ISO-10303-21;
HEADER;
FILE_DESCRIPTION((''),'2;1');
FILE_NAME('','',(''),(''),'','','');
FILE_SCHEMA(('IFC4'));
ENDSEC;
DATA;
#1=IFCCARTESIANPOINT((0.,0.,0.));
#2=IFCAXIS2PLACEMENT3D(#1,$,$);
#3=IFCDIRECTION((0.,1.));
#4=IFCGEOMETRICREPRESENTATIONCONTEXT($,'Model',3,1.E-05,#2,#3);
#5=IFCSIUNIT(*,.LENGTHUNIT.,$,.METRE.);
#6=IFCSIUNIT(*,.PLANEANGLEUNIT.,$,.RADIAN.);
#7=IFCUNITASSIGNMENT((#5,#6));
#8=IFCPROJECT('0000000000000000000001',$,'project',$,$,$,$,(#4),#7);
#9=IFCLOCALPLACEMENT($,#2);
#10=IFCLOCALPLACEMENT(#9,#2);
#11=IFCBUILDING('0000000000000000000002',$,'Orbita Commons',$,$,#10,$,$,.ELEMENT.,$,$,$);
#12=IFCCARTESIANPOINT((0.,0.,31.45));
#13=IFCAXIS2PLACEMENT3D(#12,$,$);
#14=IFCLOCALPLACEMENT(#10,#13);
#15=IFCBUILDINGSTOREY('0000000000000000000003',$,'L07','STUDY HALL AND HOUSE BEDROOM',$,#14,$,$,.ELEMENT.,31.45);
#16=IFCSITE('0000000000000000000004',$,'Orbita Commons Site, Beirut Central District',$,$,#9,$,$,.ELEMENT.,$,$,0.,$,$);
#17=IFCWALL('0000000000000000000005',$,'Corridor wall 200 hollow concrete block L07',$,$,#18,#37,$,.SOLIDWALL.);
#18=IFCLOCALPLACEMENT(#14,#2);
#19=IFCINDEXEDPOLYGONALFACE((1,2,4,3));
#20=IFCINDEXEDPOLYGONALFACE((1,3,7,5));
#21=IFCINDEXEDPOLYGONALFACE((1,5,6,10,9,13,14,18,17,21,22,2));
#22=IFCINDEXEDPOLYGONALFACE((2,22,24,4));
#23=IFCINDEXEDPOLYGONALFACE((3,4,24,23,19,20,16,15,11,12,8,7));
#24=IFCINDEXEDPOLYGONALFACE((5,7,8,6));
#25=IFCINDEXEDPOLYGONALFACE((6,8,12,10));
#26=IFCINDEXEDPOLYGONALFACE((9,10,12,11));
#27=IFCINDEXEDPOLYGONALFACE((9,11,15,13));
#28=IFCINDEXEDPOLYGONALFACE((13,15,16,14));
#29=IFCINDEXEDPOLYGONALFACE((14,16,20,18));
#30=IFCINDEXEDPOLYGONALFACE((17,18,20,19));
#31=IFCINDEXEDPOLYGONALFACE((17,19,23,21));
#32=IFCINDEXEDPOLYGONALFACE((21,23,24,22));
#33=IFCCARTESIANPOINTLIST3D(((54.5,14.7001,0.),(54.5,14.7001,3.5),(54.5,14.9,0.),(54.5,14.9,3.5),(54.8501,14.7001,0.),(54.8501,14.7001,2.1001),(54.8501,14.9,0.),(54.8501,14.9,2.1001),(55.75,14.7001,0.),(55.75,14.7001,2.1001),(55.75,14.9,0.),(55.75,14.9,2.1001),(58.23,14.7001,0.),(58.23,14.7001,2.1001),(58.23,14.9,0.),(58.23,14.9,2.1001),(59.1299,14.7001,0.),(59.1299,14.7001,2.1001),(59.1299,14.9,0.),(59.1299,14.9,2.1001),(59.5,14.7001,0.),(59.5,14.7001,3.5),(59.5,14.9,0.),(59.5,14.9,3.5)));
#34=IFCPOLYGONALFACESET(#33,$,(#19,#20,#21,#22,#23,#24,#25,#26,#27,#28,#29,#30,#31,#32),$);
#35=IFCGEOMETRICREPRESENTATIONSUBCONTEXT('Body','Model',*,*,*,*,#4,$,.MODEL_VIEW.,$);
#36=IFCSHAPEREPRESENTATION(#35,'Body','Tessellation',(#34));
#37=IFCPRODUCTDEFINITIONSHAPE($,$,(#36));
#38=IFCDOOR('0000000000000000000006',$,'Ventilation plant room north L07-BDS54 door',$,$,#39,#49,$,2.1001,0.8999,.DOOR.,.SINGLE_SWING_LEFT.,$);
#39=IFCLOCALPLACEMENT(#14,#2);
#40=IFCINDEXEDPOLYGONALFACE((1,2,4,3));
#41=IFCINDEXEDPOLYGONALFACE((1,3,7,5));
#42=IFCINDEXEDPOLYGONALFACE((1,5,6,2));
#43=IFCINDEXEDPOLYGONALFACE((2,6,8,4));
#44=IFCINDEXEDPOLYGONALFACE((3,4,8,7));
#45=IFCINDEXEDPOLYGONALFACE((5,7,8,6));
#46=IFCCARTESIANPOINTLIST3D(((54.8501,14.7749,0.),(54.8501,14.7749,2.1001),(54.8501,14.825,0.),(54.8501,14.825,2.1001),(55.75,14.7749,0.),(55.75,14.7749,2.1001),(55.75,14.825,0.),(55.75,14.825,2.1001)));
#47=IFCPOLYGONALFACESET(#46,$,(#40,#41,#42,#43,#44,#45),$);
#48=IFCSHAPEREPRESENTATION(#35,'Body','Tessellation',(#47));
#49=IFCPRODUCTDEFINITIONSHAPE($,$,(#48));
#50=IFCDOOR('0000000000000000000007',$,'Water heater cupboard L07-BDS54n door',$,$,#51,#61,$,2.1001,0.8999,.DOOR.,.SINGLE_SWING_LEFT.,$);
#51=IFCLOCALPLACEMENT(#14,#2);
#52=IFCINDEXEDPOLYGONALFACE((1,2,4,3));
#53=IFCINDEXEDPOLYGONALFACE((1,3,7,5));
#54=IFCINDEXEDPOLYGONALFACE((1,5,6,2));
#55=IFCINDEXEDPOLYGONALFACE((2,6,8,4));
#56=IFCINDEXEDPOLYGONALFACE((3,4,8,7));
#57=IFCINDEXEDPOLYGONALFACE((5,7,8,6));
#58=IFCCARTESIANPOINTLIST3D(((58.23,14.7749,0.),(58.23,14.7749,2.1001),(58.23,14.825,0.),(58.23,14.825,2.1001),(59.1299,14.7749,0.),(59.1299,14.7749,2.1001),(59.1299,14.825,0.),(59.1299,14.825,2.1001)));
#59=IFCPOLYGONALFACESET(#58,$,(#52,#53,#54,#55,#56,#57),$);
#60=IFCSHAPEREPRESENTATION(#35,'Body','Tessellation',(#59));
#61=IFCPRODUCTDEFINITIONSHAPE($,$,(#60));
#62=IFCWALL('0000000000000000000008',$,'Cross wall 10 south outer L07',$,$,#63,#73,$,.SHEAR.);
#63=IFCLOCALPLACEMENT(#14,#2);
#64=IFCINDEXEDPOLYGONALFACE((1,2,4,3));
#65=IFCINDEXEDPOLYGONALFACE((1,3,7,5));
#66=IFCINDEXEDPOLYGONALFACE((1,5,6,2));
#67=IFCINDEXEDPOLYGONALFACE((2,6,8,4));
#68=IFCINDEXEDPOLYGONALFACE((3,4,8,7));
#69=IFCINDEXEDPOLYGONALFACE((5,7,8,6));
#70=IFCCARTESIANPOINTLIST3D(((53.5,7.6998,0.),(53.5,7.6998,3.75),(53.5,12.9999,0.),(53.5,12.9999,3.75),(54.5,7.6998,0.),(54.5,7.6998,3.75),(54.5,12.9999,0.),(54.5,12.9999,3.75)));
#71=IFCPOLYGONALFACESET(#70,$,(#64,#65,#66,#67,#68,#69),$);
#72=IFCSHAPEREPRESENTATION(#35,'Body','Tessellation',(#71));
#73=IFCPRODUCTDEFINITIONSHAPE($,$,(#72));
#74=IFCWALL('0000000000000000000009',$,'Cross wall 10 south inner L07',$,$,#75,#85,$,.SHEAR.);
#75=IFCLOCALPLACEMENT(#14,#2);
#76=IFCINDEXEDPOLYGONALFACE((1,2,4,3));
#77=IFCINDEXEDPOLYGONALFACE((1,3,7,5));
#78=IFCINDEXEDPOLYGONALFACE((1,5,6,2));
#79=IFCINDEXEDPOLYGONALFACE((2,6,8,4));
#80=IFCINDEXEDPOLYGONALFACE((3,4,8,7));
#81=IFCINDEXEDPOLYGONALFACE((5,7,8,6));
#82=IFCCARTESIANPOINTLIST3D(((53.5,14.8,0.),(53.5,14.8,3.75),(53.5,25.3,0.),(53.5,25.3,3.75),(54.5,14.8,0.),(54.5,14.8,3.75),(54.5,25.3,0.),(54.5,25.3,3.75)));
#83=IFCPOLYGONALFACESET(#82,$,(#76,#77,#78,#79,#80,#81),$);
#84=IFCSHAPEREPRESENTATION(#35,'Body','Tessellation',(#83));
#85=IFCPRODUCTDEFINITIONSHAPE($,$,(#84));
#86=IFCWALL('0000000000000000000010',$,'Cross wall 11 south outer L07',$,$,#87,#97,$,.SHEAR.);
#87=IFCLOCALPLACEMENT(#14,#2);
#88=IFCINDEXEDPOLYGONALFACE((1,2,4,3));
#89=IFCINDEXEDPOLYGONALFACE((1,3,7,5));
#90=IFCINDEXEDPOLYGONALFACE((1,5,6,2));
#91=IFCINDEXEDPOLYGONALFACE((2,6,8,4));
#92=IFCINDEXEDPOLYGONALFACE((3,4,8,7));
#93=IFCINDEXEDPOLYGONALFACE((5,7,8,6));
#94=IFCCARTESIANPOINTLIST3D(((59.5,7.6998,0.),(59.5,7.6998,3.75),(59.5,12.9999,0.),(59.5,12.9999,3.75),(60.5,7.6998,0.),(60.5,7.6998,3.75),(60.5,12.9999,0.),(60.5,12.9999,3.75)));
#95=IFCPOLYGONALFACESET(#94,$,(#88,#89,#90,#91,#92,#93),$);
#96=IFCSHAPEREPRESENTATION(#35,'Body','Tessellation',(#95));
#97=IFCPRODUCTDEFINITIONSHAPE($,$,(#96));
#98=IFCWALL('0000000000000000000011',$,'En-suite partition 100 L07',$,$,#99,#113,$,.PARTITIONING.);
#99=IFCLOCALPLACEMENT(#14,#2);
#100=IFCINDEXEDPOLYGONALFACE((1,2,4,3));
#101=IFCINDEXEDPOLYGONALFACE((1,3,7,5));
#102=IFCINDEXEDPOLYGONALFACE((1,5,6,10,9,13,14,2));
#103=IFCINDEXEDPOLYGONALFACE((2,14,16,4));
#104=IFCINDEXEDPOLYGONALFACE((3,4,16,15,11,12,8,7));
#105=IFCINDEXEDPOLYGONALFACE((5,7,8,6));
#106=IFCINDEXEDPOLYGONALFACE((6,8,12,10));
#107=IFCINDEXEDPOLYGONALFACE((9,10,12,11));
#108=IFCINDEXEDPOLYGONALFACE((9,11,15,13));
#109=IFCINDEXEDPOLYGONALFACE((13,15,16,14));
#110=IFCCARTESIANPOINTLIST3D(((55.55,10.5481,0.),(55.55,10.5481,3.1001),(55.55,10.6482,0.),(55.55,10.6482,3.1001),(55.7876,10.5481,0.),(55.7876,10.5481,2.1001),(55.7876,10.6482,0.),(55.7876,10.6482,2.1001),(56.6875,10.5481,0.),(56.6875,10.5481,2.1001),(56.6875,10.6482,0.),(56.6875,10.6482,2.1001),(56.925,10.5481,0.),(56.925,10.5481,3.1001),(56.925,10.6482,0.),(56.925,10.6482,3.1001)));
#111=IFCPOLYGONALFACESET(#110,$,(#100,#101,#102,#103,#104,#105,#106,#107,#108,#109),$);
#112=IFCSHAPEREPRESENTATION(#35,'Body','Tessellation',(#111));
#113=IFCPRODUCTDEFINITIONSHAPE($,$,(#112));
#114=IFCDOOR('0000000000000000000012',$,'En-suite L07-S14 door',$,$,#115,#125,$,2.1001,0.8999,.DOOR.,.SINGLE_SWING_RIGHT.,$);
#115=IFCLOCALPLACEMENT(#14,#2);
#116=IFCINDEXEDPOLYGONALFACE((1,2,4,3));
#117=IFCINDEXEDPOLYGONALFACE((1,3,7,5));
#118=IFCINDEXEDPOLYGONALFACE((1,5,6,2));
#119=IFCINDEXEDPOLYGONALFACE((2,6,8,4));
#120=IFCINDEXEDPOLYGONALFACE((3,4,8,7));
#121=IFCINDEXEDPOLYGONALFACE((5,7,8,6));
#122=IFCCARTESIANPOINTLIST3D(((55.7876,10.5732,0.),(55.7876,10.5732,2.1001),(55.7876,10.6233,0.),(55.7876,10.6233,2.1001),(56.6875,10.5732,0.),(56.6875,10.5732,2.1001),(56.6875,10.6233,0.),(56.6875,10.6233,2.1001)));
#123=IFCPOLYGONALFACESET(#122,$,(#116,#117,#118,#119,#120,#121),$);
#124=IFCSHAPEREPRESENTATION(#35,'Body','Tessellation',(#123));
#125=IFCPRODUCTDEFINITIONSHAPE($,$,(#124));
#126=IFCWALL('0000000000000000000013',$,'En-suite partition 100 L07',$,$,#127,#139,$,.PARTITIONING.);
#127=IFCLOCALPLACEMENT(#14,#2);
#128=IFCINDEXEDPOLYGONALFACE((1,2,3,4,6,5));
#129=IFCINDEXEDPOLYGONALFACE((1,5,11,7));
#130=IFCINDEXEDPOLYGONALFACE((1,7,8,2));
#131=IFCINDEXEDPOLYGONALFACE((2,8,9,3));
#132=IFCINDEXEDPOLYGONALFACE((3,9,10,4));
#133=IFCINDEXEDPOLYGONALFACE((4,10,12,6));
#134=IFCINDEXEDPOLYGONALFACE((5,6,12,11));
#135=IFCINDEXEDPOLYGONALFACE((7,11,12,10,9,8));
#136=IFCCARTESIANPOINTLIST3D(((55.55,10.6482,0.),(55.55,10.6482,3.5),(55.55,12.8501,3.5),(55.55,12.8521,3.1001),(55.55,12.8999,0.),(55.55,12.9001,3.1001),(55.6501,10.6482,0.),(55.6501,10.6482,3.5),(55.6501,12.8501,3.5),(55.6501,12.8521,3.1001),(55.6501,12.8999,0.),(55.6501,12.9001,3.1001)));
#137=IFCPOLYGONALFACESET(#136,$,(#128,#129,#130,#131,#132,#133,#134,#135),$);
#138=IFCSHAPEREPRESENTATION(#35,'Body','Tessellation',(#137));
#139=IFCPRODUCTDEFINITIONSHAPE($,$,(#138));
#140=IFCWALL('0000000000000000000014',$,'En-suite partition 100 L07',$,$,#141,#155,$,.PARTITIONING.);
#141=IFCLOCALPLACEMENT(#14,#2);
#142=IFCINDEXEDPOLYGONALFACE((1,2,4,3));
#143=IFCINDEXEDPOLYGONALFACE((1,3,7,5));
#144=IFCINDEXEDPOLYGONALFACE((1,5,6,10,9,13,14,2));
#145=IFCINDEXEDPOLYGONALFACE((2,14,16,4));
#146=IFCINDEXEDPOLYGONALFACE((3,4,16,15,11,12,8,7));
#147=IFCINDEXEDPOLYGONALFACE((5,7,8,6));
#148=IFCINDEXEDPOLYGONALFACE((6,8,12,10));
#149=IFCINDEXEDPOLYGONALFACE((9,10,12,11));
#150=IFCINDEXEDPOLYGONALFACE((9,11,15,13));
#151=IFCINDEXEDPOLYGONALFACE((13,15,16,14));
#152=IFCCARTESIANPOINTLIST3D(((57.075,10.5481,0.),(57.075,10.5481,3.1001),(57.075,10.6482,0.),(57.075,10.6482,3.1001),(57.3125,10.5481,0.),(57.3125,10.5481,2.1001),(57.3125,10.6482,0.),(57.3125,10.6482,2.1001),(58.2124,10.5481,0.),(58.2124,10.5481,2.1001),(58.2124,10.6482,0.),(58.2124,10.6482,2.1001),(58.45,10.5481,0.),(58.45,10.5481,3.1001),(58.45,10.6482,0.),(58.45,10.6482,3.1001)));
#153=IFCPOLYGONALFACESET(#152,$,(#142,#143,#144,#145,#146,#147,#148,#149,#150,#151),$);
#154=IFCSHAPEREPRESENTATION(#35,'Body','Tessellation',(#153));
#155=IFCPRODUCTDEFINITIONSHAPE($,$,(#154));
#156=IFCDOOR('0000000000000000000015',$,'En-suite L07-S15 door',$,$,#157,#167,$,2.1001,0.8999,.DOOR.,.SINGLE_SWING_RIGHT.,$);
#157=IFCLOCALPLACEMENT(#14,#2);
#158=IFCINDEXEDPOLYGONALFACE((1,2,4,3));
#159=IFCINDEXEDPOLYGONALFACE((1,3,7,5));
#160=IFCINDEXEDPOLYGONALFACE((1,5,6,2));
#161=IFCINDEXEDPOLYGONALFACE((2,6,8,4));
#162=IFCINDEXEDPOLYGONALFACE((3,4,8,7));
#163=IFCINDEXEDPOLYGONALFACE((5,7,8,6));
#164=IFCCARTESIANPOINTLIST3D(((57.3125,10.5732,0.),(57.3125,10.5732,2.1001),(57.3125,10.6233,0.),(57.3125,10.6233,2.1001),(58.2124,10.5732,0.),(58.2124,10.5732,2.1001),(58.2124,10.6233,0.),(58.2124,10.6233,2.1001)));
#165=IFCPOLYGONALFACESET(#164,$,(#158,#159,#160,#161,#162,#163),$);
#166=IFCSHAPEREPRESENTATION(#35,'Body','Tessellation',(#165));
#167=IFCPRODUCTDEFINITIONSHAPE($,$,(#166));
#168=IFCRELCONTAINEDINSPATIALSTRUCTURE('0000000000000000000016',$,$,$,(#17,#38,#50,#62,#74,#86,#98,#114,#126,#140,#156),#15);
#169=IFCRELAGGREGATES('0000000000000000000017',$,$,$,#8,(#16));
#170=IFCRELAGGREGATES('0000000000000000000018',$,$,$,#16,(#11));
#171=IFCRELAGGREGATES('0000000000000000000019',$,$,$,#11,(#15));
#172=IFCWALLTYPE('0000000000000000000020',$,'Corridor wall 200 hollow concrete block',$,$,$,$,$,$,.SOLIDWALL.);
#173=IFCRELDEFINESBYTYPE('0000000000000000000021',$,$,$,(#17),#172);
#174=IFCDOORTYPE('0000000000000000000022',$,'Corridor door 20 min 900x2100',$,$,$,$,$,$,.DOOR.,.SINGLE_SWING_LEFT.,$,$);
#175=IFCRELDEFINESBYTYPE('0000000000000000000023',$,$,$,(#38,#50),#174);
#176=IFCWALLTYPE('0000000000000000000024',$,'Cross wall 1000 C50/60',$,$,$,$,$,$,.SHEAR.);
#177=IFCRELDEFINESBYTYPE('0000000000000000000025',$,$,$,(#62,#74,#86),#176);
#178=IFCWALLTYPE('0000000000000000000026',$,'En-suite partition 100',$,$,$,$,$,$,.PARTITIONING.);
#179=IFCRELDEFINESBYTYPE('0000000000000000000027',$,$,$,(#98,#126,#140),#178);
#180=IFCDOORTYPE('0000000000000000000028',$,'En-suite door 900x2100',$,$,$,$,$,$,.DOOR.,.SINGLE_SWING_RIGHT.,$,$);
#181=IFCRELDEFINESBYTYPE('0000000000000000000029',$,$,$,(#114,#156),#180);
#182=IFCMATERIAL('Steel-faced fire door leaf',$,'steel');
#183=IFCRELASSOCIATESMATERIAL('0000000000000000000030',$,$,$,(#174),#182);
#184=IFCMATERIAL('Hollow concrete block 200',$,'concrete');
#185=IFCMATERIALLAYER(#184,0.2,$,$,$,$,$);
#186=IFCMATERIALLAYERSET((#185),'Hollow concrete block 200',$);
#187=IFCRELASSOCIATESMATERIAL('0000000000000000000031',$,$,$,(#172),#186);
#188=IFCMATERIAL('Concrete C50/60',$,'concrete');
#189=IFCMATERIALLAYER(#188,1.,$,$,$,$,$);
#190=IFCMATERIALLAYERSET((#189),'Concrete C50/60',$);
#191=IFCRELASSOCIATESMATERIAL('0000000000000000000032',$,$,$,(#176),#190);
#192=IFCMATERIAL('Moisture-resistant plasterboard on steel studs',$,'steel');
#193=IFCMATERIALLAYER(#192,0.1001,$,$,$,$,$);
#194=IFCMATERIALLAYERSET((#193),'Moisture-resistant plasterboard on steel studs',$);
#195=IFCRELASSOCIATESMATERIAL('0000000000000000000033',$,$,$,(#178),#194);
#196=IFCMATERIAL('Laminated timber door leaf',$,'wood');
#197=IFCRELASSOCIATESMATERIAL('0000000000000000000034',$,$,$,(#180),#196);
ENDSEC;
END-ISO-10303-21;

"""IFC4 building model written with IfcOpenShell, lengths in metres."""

from ifc_helpers import new_model, si_unit, direction, frame, frame_2d, origin, place, context, subcontext, project, spatial, polyline, rectangle, outline, extrude, material, layer, layer_set, type_object, element, fill, save


model = new_model("IFC4")

# Units and contexts
model_context = context("Model", 3, precision=1e-05, world=origin(), true_north=direction((0.0, 1.0)))
body_context = subcontext(model_context, "Body", "Model", "MODEL_VIEW")
ifc_project = project(units=[si_unit("LENGTHUNIT", "METRE"), si_unit("PLANEANGLEUNIT", "RADIAN")], contexts=[model_context])

# Site, building, storey
site_placement = place(None, origin())
site = spatial("IfcSite", under=ifc_project, at=site_placement, Name="Orbita Commons Site, Beirut Central District", CompositionType="ELEMENT", RefElevation=0.0)
building_placement = place(site_placement, origin())
building = spatial("IfcBuilding", under=site, at=building_placement, Name="Orbita Commons", CompositionType="ELEMENT")
storey_placement = place(building_placement, frame((0.0, 0.0, 31.45)))
storey = spatial("IfcBuildingStorey", under=building, at=storey_placement, Name="L07", Description="STUDY HALL AND HOUSE BEDROOM", CompositionType="ELEMENT", Elevation=31.45)

# Wall, openings, doors
ifc_material_1 = material(Name="Steel-faced fire door leaf", Category="steel")
door_type_1 = type_object("IfcDoorType", Name="Corridor door 20 min 900x2100", OperationType="SINGLE_SWING_LEFT", PredefinedType="DOOR", material=ifc_material_1)
ifc_material_2 = material(Name="Hollow concrete block 200", Category="concrete")
ifc_layer_1 = layer(ifc_material_2, 0.2)
ifc_layer_set_1 = layer_set([ifc_layer_1], Name="Hollow concrete block 200")
wall_type_1 = type_object("IfcWallType", Name="Corridor wall 200 hollow concrete block", PredefinedType="SOLIDWALL", material=ifc_layer_set_1)
wall_1_placement = place(storey_placement, frame((54.5, 14.8, 0.0), z_axis=(0.0, 0.0, 1.0), x_axis=(1.0, 0.0, 0.0)))
wall_1 = element("IfcWall", 1, at=wall_1_placement, inside=storey, type_object=wall_type_1, Name="Corridor wall 200 hollow concrete block L07", PredefinedType="SOLIDWALL", context=body_context, shape_type="SweptSolid", body=[
    extrude(rectangle(XDim=5.0, YDim=0.2, at=frame_2d((2.5, 0.0))), origin(), (0.0, 0.0, 1.0), 3.5),
])
opening_1_placement = place(wall_1_placement, frame((0.3501, 0.0, 0.0)))
opening_1 = element("IfcOpeningElement", 2, at=opening_1_placement, cuts=wall_1, PredefinedType="OPENING", context=body_context, shape_type="SweptSolid", body=[
    extrude(rectangle(XDim=0.8999, YDim=2.1001, at=frame_2d((0.45, 1.05))), frame((0.0, 0.1099, 0.0), z_axis=(0.0, -1.0, 0.0), x_axis=(1.0, 0.0, 0.0)), (0.0, 0.0, 1.0), 0.22),
])
opening_2_placement = place(wall_1_placement, frame((3.73, 0.0, 0.0)))
opening_2 = element("IfcOpeningElement", 3, at=opening_2_placement, cuts=wall_1, PredefinedType="OPENING", context=body_context, shape_type="SweptSolid", body=[
    extrude(rectangle(XDim=0.8999, YDim=2.1001, at=frame_2d((0.45, 1.05))), frame((0.0, 0.1099, 0.0), z_axis=(0.0, -1.0, 0.0), x_axis=(1.0, 0.0, 0.0)), (0.0, 0.0, 1.0), 0.22),
])
door_1_placement = place(opening_1_placement, origin())
door_1 = element("IfcDoor", 4, at=door_1_placement, inside=storey, type_object=door_type_1, Name="Ventilation plant room north L07-BDS54 door", OperationType="SINGLE_SWING_LEFT", OverallHeight=2.1001, OverallWidth=0.8999, PredefinedType="DOOR", context=body_context, shape_type="SweptSolid", body=[
    extrude(rectangle(XDim=0.8999, YDim=2.1001, at=frame_2d((0.45, 1.05))), frame((0.0, 0.0249, 0.0), z_axis=(0.0, -1.0, 0.0), x_axis=(1.0, 0.0, 0.0)), (0.0, 0.0, 1.0), 0.05),
])
fill(opening_1, door_1)
door_2_placement = place(opening_2_placement, origin())
door_2 = element("IfcDoor", 5, at=door_2_placement, inside=storey, type_object=door_type_1, Name="Water heater cupboard L07-BDS54n door", OperationType="SINGLE_SWING_LEFT", OverallHeight=2.1001, OverallWidth=0.8999, PredefinedType="DOOR", context=body_context, shape_type="SweptSolid", body=[
    extrude(rectangle(XDim=0.8999, YDim=2.1001, at=frame_2d((0.45, 1.05))), frame((0.0, 0.0249, 0.0), z_axis=(0.0, -1.0, 0.0), x_axis=(1.0, 0.0, 0.0)), (0.0, 0.0, 1.0), 0.05),
])
fill(opening_2, door_2)

# Walls
ifc_material_3 = material(Name="Concrete C50/60", Category="concrete")
ifc_layer_2 = layer(ifc_material_3, 1.0)
ifc_layer_set_2 = layer_set([ifc_layer_2], Name="Concrete C50/60")
wall_type_2 = type_object("IfcWallType", Name="Cross wall 1000 C50/60", PredefinedType="SHEAR", material=ifc_layer_set_2)
wall_2_placement = place(storey_placement, frame((54.0, 7.7, 0.0), z_axis=(0.0, 0.0, 1.0), x_axis=(0.0, 1.0, 0.0)))
element("IfcWall", 6, at=wall_2_placement, inside=storey, type_object=wall_type_2, Name="Cross wall 10 south outer L07", PredefinedType="SHEAR", context=body_context, shape_type="SweptSolid", body=[
    extrude(rectangle(XDim=5.3, YDim=1.0, at=frame_2d((2.6499, 0.0))), origin(), (0.0, 0.0, 1.0), 3.75),
])
wall_3_placement = place(storey_placement, frame((54.0, 14.8, 0.0), z_axis=(0.0, 0.0, 1.0), x_axis=(0.0, 1.0, 0.0)))
element("IfcWall", 7, at=wall_3_placement, inside=storey, type_object=wall_type_2, Name="Cross wall 10 south inner L07", PredefinedType="SHEAR", context=body_context, shape_type="SweptSolid", body=[
    extrude(rectangle(XDim=10.5, YDim=1.0, at=frame_2d((5.25, 0.0))), origin(), (0.0, 0.0, 1.0), 3.75),
])
wall_4_placement = place(storey_placement, frame((60.0, 7.7, 0.0), z_axis=(0.0, 0.0, 1.0), x_axis=(0.0, 1.0, 0.0)))
element("IfcWall", 8, at=wall_4_placement, inside=storey, type_object=wall_type_2, Name="Cross wall 11 south outer L07", PredefinedType="SHEAR", context=body_context, shape_type="SweptSolid", body=[
    extrude(rectangle(XDim=5.3, YDim=1.0, at=frame_2d((2.6499, 0.0))), origin(), (0.0, 0.0, 1.0), 3.75),
])

# Wall, opening, door
ifc_material_4 = material(Name="Moisture-resistant plasterboard on steel studs", Category="steel")
ifc_layer_3 = layer(ifc_material_4, 0.1001)
ifc_layer_set_3 = layer_set([ifc_layer_3], Name="Moisture-resistant plasterboard on steel studs")
wall_type_3 = type_object("IfcWallType", Name="En-suite partition 100", PredefinedType="PARTITIONING", material=ifc_layer_set_3)
wall_5_placement = place(storey_placement, frame((56.925, 10.5981, 0.0), z_axis=(0.0, 0.0, 1.0), x_axis=(-1.0, 0.0, 0.0)))
wall_5 = element("IfcWall", 9, at=wall_5_placement, inside=storey, type_object=wall_type_3, Name="En-suite partition 100 L07", PredefinedType="PARTITIONING", context=body_context, shape_type="SweptSolid", body=[
    extrude(outline(polyline([(0.0, 0.0), (1.375, 0.0), (1.375, 3.1001), (0.0, 3.1001), (0.0, 0.0)])), frame((0.0, 0.05, 0.0), z_axis=(0.0, -1.0, 0.0), x_axis=(1.0, 0.0, 0.0)), (0.0, 0.0, 1.0), 0.1001),
])
opening_3_placement = place(wall_5_placement, frame((0.2375, 0.0, 0.0)))
opening_3 = element("IfcOpeningElement", 10, at=opening_3_placement, cuts=wall_5, PredefinedType="OPENING", context=body_context, shape_type="SweptSolid", body=[
    extrude(rectangle(XDim=0.8999, YDim=2.1001, at=frame_2d((0.45, 1.05))), frame((0.0, 0.0601, 0.0), z_axis=(0.0, -1.0, 0.0), x_axis=(1.0, 0.0, 0.0)), (0.0, 0.0, 1.0), 0.1201),
])
ifc_material_5 = material(Name="Laminated timber door leaf", Category="wood")
door_type_2 = type_object("IfcDoorType", Name="En-suite door 900x2100", OperationType="SINGLE_SWING_RIGHT", PredefinedType="DOOR", material=ifc_material_5)
door_3_placement = place(opening_3_placement, origin())
door_3 = element("IfcDoor", 11, at=door_3_placement, inside=storey, type_object=door_type_2, Name="En-suite L07-S14 door", OperationType="SINGLE_SWING_RIGHT", OverallHeight=2.1001, OverallWidth=0.8999, PredefinedType="DOOR", context=body_context, shape_type="SweptSolid", body=[
    extrude(rectangle(XDim=0.8999, YDim=2.1001, at=frame_2d((0.45, 1.05))), frame((0.0, 0.0249, 0.0), z_axis=(0.0, -1.0, 0.0), x_axis=(1.0, 0.0, 0.0)), (0.0, 0.0, 1.0), 0.05),
])
fill(opening_3, door_3)

# Wall
wall_6_placement = place(storey_placement, frame((55.6001, 10.6482, 0.0), z_axis=(0.0, 0.0, 1.0), x_axis=(0.0, 1.0, 0.0)))
element("IfcWall", 12, at=wall_6_placement, inside=storey, type_object=wall_type_3, Name="En-suite partition 100 L07", PredefinedType="PARTITIONING", context=body_context, shape_type="SweptSolid", body=[
    extrude(outline(polyline([(0.0, 0.0), (2.2517, 0.0), (2.252, 3.1001), (2.2039, 3.1001), (2.2019, 3.5), (0.0, 3.5), (0.0, 0.0)])), frame((0.0, 0.05, 0.0), z_axis=(0.0, -1.0, 0.0), x_axis=(1.0, 0.0, 0.0)), (0.0, 0.0, 1.0), 0.1001),
])

# Wall, opening, door
wall_7_placement = place(storey_placement, frame((58.45, 10.5981, 0.0), z_axis=(0.0, 0.0, 1.0), x_axis=(-1.0, 0.0, 0.0)))
wall_7 = element("IfcWall", 13, at=wall_7_placement, inside=storey, type_object=wall_type_3, Name="En-suite partition 100 L07", PredefinedType="PARTITIONING", context=body_context, shape_type="SweptSolid", body=[
    extrude(outline(polyline([(0.0, 0.0), (1.375, 0.0), (1.375, 3.1001), (0.0, 3.1001), (0.0, 0.0)])), frame((0.0, 0.05, 0.0), z_axis=(0.0, -1.0, 0.0), x_axis=(1.0, 0.0, 0.0)), (0.0, 0.0, 1.0), 0.1001),
])
opening_4_placement = place(wall_7_placement, frame((0.2375, 0.0, 0.0)))
opening_4 = element("IfcOpeningElement", 14, at=opening_4_placement, cuts=wall_7, PredefinedType="OPENING", context=body_context, shape_type="SweptSolid", body=[
    extrude(rectangle(XDim=0.8999, YDim=2.1001, at=frame_2d((0.45, 1.05))), frame((0.0, 0.0601, 0.0), z_axis=(0.0, -1.0, 0.0), x_axis=(1.0, 0.0, 0.0)), (0.0, 0.0, 1.0), 0.1201),
])
door_4_placement = place(opening_4_placement, origin())
door_4 = element("IfcDoor", 15, at=door_4_placement, inside=storey, type_object=door_type_2, Name="En-suite L07-S15 door", OperationType="SINGLE_SWING_RIGHT", OverallHeight=2.1001, OverallWidth=0.8999, PredefinedType="DOOR", context=body_context, shape_type="SweptSolid", body=[
    extrude(rectangle(XDim=0.8999, YDim=2.1001, at=frame_2d((0.45, 1.05))), frame((0.0, 0.0249, 0.0), z_axis=(0.0, -1.0, 0.0), x_axis=(1.0, 0.0, 0.0)), (0.0, 0.0, 1.0), 0.05),
])
fill(opening_4, door_4)

save(model, "model.ifc")
